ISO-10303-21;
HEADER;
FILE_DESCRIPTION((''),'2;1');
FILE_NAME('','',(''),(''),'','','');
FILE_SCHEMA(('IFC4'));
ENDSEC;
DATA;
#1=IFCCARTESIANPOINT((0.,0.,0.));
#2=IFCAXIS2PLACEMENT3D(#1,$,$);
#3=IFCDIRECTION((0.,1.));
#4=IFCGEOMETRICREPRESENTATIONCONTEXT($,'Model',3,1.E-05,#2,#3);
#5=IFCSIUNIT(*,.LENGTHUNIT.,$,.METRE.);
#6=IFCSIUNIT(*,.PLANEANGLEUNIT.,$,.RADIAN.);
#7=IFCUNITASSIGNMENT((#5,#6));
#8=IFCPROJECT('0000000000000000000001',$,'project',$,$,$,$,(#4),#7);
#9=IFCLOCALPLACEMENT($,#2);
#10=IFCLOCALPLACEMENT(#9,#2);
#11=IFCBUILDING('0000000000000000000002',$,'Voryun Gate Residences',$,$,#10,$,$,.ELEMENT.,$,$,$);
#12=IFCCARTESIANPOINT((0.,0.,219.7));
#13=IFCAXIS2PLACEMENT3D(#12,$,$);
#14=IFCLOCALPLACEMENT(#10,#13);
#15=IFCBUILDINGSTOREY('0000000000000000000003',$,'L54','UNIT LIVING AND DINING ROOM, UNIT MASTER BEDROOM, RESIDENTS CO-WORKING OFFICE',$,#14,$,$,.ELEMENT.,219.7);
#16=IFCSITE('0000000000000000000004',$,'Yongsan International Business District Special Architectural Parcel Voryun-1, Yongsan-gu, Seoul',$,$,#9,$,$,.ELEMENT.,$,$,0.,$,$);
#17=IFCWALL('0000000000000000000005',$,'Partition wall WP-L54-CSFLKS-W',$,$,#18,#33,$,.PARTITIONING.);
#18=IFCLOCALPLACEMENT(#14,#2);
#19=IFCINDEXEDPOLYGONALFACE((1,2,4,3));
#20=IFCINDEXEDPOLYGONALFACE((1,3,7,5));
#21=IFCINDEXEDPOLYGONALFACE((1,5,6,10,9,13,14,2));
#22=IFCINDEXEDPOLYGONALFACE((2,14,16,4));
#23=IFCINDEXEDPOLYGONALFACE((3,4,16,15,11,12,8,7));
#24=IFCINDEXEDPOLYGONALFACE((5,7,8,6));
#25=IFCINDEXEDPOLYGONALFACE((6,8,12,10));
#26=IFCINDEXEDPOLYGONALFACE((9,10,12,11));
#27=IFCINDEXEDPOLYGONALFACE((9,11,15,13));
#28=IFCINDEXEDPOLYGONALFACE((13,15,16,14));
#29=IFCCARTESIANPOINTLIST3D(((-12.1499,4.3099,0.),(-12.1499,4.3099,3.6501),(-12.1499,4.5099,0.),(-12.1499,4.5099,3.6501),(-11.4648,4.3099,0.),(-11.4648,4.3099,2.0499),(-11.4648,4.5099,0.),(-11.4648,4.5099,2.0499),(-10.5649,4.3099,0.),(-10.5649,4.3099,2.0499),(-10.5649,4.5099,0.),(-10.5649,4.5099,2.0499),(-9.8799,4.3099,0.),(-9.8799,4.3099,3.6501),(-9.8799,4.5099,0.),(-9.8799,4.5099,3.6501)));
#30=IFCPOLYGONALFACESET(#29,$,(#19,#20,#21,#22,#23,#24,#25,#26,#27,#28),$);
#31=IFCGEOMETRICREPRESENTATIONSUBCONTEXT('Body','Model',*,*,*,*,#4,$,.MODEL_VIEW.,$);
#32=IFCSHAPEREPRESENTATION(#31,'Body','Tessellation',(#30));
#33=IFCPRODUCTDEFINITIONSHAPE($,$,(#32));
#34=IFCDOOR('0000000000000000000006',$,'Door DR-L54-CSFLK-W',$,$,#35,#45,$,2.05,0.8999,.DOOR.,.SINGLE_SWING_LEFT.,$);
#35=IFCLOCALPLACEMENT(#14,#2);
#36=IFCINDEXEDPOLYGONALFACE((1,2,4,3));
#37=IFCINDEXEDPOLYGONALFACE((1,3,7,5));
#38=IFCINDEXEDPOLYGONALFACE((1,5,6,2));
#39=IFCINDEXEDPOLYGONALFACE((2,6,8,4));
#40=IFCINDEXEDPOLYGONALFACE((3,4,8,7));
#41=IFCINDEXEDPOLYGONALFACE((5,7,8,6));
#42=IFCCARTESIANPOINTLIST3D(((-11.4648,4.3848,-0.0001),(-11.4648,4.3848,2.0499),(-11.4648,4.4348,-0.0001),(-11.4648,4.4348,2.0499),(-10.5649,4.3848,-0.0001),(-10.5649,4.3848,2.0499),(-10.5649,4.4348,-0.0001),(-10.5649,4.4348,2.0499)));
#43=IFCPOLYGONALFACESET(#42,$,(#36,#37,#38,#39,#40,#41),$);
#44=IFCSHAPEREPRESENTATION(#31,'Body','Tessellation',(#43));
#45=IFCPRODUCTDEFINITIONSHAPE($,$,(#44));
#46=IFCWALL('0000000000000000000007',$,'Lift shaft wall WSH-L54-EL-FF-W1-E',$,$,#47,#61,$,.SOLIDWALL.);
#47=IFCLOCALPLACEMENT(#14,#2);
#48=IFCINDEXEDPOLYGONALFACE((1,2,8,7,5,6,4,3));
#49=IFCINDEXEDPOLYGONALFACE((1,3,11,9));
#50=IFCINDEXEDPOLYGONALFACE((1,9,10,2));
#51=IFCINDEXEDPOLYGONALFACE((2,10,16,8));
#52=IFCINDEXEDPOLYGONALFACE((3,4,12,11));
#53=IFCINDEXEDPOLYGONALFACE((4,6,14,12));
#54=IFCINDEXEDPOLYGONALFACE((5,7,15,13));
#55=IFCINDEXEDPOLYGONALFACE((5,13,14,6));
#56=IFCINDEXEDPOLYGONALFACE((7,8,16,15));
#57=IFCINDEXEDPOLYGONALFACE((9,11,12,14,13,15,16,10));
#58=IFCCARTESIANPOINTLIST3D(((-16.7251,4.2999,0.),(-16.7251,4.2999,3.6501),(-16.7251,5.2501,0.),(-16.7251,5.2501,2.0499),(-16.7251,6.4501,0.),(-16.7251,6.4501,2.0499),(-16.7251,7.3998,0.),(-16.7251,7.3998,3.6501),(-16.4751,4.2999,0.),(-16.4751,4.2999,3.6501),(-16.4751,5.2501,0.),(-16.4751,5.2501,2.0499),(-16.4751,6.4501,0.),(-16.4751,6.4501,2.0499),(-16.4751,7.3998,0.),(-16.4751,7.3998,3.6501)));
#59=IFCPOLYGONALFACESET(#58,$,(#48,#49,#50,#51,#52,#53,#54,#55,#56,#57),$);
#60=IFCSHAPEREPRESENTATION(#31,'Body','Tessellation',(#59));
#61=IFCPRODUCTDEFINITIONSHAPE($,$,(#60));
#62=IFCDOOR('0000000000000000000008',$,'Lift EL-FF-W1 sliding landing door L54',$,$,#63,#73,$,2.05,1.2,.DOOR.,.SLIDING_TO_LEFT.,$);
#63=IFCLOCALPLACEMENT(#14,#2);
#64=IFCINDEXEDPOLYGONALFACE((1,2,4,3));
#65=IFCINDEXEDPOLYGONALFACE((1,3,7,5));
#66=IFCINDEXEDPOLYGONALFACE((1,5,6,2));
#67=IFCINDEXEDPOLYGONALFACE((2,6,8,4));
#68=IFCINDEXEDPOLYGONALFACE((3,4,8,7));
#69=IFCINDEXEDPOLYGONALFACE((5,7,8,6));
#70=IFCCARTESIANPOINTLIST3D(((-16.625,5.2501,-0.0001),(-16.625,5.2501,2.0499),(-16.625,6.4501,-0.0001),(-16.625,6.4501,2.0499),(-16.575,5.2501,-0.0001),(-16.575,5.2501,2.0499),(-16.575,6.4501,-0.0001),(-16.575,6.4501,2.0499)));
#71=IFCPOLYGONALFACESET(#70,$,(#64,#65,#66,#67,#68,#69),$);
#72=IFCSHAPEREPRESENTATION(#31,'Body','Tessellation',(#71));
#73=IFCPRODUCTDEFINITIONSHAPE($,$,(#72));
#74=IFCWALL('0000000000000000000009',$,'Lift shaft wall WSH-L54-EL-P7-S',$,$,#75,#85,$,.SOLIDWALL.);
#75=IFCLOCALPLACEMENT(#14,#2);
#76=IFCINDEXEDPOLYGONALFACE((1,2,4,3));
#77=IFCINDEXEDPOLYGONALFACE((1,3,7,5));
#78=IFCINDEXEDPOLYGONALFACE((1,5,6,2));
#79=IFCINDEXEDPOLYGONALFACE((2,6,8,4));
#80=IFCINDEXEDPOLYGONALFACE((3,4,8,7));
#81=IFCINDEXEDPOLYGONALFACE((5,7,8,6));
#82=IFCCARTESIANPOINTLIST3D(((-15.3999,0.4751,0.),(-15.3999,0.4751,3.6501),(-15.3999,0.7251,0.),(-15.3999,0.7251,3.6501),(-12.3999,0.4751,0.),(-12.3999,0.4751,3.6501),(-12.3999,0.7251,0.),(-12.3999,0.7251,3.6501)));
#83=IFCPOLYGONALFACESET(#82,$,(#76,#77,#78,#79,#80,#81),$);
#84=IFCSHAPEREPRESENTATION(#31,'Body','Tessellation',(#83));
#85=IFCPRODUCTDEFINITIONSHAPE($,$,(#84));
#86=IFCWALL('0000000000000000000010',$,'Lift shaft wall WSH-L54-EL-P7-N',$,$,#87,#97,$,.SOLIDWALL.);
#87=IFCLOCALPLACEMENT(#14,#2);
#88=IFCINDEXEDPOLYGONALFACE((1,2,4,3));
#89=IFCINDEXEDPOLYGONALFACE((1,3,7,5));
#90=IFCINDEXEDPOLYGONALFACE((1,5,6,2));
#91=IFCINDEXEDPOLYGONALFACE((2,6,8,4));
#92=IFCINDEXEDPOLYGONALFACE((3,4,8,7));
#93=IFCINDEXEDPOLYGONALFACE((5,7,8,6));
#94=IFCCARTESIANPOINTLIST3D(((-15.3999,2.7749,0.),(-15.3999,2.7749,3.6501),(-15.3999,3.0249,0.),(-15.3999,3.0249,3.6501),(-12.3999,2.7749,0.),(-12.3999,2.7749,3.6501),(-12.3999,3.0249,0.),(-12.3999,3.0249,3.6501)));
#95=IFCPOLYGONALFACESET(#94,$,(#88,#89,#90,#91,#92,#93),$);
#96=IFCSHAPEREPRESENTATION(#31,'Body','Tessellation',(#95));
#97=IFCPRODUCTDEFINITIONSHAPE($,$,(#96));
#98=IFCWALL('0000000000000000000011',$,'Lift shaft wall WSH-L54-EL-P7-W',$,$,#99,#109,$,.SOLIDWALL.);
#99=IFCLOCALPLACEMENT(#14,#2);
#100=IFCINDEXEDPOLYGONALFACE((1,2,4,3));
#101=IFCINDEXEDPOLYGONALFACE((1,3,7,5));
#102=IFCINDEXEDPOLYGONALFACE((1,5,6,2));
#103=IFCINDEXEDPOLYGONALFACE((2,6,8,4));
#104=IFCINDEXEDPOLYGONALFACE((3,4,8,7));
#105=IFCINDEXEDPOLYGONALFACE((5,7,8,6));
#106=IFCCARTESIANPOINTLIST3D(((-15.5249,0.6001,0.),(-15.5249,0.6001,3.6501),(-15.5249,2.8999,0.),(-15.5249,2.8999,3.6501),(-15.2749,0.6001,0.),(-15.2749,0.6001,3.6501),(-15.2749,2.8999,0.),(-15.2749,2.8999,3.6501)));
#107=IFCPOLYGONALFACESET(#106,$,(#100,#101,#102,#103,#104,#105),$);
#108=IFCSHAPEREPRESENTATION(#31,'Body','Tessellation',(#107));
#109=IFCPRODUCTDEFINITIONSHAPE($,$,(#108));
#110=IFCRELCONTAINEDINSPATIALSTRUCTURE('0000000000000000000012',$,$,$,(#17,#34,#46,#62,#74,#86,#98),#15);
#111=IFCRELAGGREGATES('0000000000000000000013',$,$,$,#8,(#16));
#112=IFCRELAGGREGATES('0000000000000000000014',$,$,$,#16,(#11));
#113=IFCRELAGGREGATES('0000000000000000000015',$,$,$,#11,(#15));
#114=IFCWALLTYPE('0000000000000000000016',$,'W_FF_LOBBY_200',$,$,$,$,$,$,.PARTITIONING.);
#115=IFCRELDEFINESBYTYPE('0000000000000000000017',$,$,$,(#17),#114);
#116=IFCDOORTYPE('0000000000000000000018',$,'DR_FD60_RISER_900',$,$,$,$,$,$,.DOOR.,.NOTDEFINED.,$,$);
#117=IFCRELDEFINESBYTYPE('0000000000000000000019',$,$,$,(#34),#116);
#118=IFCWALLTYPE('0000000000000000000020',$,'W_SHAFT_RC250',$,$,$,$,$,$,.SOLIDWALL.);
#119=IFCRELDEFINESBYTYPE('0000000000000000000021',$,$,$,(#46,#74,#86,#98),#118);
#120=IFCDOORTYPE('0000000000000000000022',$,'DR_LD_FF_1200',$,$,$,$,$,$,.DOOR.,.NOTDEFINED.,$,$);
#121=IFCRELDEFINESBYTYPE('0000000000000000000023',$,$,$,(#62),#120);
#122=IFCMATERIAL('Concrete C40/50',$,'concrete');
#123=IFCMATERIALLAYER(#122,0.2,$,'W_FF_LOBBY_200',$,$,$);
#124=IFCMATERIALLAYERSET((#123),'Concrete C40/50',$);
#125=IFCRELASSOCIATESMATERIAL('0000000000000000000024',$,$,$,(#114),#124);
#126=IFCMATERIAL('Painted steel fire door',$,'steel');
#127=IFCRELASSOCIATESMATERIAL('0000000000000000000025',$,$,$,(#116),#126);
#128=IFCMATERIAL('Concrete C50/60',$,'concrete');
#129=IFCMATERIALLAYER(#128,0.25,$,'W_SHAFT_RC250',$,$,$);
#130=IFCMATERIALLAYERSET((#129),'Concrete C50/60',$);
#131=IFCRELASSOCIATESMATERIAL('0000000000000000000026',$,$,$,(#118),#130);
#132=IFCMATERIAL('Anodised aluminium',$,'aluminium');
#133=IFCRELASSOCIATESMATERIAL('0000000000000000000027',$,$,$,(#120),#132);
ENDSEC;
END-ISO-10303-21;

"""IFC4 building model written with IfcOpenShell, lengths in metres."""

from ifc_helpers import new_model, si_unit, direction, frame, frame_2d, origin, place, context, subcontext, project, spatial, rectangle, extrude, material, layer, layer_set, type_object, element, fill, save


model = new_model("IFC4")

# Units and contexts
model_context = context("Model", 3, precision=1e-05, world=origin(), true_north=direction((0.0, 1.0)))
body_context = subcontext(model_context, "Body", "Model", "MODEL_VIEW")
ifc_project = project(units=[si_unit("LENGTHUNIT", "METRE"), si_unit("PLANEANGLEUNIT", "RADIAN")], contexts=[model_context])

# Site, building, storey
site_placement = place(None, origin())
site = spatial("IfcSite", under=ifc_project, at=site_placement, Name="Yongsan International Business District Special Architectural Parcel Voryun-1, Yongsan-gu, Seoul", CompositionType="ELEMENT", RefElevation=0.0)
building_placement = place(site_placement, origin())
building = spatial("IfcBuilding", under=site, at=building_placement, Name="Voryun Gate Residences", CompositionType="ELEMENT")
storey_placement = place(building_placement, frame((0.0, 0.0, 219.7)))
storey = spatial("IfcBuildingStorey", under=building, at=storey_placement, Name="L54", Description="UNIT LIVING AND DINING ROOM, UNIT MASTER BEDROOM, RESIDENTS CO-WORKING OFFICE", CompositionType="ELEMENT", Elevation=219.7)

# Shared definitions
ifc_material_1 = material(Name="Concrete C40/50", Category="concrete")
ifc_layer_1 = layer(ifc_material_1, 0.2, Name="W_FF_LOBBY_200")
ifc_layer_set_1 = layer_set([ifc_layer_1], Name="Concrete C40/50")
wall_type_1 = type_object("IfcWallType", Name="W_FF_LOBBY_200", PredefinedType="PARTITIONING", material=ifc_layer_set_1)

# Walls, openings, doors
wall_1_placement = place(storey_placement, frame((-12.1499, 4.4099, 0.0), z_axis=(0.0, 0.0, 1.0), x_axis=(1.0, 0.0, 0.0)))
wall_1 = element("IfcWall", 1, at=wall_1_placement, inside=storey, type_object=wall_type_1, Name="Partition wall WP-L54-CSFLKS-W", PredefinedType="PARTITIONING", context=body_context, shape_type="SweptSolid", body=[
    extrude(rectangle(XDim=2.27, YDim=0.2, at=frame_2d((1.135, 0.0))), origin(), (0.0, 0.0, 1.0), 3.6501),
])
opening_1_placement = place(wall_1_placement, frame((0.6851, 0.0, 0.0)))
opening_1 = element("IfcOpeningElement", 2, at=opening_1_placement, cuts=wall_1, PredefinedType="OPENING", context=body_context, shape_type="SweptSolid", body=[
    extrude(rectangle(XDim=0.8999, YDim=2.05, at=frame_2d((0.45, 1.0249))), frame((0.0, 0.1101, 0.0), z_axis=(0.0, -1.0, 0.0), x_axis=(1.0, 0.0, 0.0)), (0.0, 0.0, 1.0), 0.22),
])
ifc_material_2 = material(Name="Painted steel fire door", Category="steel")
door_type_1 = type_object("IfcDoorType", Name="DR_FD60_RISER_900", OperationType="NOTDEFINED", PredefinedType="DOOR", material=ifc_material_2)
door_1_placement = place(opening_1_placement, origin())
door_1 = element("IfcDoor", 3, at=door_1_placement, inside=storey, type_object=door_type_1, Name="Door DR-L54-CSFLK-W", OperationType="SINGLE_SWING_LEFT", OverallHeight=2.05, OverallWidth=0.8999, PredefinedType="DOOR", context=body_context, shape_type="SweptSolid", body=[
    extrude(rectangle(XDim=0.8999, YDim=2.05, at=frame_2d((0.45, 1.0249))), frame((0.0, 0.0249, 0.0), z_axis=(0.0, -1.0, 0.0), x_axis=(1.0, 0.0, 0.0)), (0.0, 0.0, 1.0), 0.05),
])
fill(opening_1, door_1)
ifc_material_3 = material(Name="Concrete C50/60", Category="concrete")
ifc_layer_2 = layer(ifc_material_3, 0.25, Name="W_SHAFT_RC250")
ifc_layer_set_2 = layer_set([ifc_layer_2], Name="Concrete C50/60")
wall_type_2 = type_object("IfcWallType", Name="W_SHAFT_RC250", PredefinedType="SOLIDWALL", material=ifc_layer_set_2)
wall_2_placement = place(storey_placement, frame((-16.6001, 4.3, 0.0), z_axis=(0.0, 0.0, 1.0), x_axis=(0.0, 1.0, 0.0)))
wall_2 = element("IfcWall", 4, at=wall_2_placement, inside=storey, type_object=wall_type_2, Name="Lift shaft wall WSH-L54-EL-FF-W1-E", PredefinedType="SOLIDWALL", context=body_context, shape_type="SweptSolid", body=[
    extrude(rectangle(XDim=3.0999, YDim=0.25, at=frame_2d((1.5498, 0.0))), origin(), (0.0, 0.0, 1.0), 3.6501),
])
opening_2_placement = place(wall_2_placement, frame((0.95, 0.0, 0.0)))
opening_2 = element("IfcOpeningElement", 5, at=opening_2_placement, cuts=wall_2, PredefinedType="OPENING", context=body_context, shape_type="SweptSolid", body=[
    extrude(rectangle(XDim=1.2, YDim=2.05, at=frame_2d((0.6001, 1.0249))), frame((0.0, 0.135, 0.0), z_axis=(0.0, -1.0, 0.0), x_axis=(1.0, 0.0, 0.0)), (0.0, 0.0, 1.0), 0.27),
])
ifc_material_4 = material(Name="Anodised aluminium", Category="aluminium")
door_type_2 = type_object("IfcDoorType", Name="DR_LD_FF_1200", OperationType="NOTDEFINED", PredefinedType="DOOR", material=ifc_material_4)
door_2_placement = place(opening_2_placement, origin())
door_2 = element("IfcDoor", 6, at=door_2_placement, inside=storey, type_object=door_type_2, Name="Lift EL-FF-W1 sliding landing door L54", OperationType="SLIDING_TO_LEFT", OverallHeight=2.05, OverallWidth=1.2, PredefinedType="DOOR", context=body_context, shape_type="SweptSolid", body=[
    extrude(rectangle(XDim=1.2, YDim=2.05, at=frame_2d((0.6001, 1.0249))), frame((0.0, 0.0249, 0.0), z_axis=(0.0, -1.0, 0.0), x_axis=(1.0, 0.0, 0.0)), (0.0, 0.0, 1.0), 0.05),
])
fill(opening_2, door_2)

# Walls
for number, where, z_axis, x_axis, name in (
    (7, (-15.3999, 0.6001, 0.0), (0.0, 0.0, 1.0), (1.0, 0.0, 0.0), "Lift shaft wall WSH-L54-EL-P7-S"),
    (8, (-12.3999, 2.8999, 0.0), (0.0, 0.0, 1.0), (-1.0, 0.0, 0.0), "Lift shaft wall WSH-L54-EL-P7-N"),
):
    element("IfcWall", number, at=place(storey_placement, frame(where, z_axis=z_axis, x_axis=x_axis)), inside=storey, type_object=wall_type_2, Name=name, PredefinedType="SOLIDWALL", context=body_context, shape_type="SweptSolid", body=[
        extrude(rectangle(XDim=3.0, YDim=0.25, at=frame_2d((1.5, 0.0))), origin(), (0.0, 0.0, 1.0), 3.6501),
    ])
wall_3_placement = place(storey_placement, frame((-15.3999, 2.8999, 0.0), z_axis=(0.0, 0.0, 1.0), x_axis=(0.0, -1.0, 0.0)))
element("IfcWall", 9, at=wall_3_placement, inside=storey, type_object=wall_type_2, Name="Lift shaft wall WSH-L54-EL-P7-W", PredefinedType="SOLIDWALL", context=body_context, shape_type="SweptSolid", body=[
    extrude(rectangle(XDim=2.2998, YDim=0.25, at=frame_2d((1.1499, 0.0))), origin(), (0.0, 0.0, 1.0), 3.6501),
])

save(model, "model.ifc")
